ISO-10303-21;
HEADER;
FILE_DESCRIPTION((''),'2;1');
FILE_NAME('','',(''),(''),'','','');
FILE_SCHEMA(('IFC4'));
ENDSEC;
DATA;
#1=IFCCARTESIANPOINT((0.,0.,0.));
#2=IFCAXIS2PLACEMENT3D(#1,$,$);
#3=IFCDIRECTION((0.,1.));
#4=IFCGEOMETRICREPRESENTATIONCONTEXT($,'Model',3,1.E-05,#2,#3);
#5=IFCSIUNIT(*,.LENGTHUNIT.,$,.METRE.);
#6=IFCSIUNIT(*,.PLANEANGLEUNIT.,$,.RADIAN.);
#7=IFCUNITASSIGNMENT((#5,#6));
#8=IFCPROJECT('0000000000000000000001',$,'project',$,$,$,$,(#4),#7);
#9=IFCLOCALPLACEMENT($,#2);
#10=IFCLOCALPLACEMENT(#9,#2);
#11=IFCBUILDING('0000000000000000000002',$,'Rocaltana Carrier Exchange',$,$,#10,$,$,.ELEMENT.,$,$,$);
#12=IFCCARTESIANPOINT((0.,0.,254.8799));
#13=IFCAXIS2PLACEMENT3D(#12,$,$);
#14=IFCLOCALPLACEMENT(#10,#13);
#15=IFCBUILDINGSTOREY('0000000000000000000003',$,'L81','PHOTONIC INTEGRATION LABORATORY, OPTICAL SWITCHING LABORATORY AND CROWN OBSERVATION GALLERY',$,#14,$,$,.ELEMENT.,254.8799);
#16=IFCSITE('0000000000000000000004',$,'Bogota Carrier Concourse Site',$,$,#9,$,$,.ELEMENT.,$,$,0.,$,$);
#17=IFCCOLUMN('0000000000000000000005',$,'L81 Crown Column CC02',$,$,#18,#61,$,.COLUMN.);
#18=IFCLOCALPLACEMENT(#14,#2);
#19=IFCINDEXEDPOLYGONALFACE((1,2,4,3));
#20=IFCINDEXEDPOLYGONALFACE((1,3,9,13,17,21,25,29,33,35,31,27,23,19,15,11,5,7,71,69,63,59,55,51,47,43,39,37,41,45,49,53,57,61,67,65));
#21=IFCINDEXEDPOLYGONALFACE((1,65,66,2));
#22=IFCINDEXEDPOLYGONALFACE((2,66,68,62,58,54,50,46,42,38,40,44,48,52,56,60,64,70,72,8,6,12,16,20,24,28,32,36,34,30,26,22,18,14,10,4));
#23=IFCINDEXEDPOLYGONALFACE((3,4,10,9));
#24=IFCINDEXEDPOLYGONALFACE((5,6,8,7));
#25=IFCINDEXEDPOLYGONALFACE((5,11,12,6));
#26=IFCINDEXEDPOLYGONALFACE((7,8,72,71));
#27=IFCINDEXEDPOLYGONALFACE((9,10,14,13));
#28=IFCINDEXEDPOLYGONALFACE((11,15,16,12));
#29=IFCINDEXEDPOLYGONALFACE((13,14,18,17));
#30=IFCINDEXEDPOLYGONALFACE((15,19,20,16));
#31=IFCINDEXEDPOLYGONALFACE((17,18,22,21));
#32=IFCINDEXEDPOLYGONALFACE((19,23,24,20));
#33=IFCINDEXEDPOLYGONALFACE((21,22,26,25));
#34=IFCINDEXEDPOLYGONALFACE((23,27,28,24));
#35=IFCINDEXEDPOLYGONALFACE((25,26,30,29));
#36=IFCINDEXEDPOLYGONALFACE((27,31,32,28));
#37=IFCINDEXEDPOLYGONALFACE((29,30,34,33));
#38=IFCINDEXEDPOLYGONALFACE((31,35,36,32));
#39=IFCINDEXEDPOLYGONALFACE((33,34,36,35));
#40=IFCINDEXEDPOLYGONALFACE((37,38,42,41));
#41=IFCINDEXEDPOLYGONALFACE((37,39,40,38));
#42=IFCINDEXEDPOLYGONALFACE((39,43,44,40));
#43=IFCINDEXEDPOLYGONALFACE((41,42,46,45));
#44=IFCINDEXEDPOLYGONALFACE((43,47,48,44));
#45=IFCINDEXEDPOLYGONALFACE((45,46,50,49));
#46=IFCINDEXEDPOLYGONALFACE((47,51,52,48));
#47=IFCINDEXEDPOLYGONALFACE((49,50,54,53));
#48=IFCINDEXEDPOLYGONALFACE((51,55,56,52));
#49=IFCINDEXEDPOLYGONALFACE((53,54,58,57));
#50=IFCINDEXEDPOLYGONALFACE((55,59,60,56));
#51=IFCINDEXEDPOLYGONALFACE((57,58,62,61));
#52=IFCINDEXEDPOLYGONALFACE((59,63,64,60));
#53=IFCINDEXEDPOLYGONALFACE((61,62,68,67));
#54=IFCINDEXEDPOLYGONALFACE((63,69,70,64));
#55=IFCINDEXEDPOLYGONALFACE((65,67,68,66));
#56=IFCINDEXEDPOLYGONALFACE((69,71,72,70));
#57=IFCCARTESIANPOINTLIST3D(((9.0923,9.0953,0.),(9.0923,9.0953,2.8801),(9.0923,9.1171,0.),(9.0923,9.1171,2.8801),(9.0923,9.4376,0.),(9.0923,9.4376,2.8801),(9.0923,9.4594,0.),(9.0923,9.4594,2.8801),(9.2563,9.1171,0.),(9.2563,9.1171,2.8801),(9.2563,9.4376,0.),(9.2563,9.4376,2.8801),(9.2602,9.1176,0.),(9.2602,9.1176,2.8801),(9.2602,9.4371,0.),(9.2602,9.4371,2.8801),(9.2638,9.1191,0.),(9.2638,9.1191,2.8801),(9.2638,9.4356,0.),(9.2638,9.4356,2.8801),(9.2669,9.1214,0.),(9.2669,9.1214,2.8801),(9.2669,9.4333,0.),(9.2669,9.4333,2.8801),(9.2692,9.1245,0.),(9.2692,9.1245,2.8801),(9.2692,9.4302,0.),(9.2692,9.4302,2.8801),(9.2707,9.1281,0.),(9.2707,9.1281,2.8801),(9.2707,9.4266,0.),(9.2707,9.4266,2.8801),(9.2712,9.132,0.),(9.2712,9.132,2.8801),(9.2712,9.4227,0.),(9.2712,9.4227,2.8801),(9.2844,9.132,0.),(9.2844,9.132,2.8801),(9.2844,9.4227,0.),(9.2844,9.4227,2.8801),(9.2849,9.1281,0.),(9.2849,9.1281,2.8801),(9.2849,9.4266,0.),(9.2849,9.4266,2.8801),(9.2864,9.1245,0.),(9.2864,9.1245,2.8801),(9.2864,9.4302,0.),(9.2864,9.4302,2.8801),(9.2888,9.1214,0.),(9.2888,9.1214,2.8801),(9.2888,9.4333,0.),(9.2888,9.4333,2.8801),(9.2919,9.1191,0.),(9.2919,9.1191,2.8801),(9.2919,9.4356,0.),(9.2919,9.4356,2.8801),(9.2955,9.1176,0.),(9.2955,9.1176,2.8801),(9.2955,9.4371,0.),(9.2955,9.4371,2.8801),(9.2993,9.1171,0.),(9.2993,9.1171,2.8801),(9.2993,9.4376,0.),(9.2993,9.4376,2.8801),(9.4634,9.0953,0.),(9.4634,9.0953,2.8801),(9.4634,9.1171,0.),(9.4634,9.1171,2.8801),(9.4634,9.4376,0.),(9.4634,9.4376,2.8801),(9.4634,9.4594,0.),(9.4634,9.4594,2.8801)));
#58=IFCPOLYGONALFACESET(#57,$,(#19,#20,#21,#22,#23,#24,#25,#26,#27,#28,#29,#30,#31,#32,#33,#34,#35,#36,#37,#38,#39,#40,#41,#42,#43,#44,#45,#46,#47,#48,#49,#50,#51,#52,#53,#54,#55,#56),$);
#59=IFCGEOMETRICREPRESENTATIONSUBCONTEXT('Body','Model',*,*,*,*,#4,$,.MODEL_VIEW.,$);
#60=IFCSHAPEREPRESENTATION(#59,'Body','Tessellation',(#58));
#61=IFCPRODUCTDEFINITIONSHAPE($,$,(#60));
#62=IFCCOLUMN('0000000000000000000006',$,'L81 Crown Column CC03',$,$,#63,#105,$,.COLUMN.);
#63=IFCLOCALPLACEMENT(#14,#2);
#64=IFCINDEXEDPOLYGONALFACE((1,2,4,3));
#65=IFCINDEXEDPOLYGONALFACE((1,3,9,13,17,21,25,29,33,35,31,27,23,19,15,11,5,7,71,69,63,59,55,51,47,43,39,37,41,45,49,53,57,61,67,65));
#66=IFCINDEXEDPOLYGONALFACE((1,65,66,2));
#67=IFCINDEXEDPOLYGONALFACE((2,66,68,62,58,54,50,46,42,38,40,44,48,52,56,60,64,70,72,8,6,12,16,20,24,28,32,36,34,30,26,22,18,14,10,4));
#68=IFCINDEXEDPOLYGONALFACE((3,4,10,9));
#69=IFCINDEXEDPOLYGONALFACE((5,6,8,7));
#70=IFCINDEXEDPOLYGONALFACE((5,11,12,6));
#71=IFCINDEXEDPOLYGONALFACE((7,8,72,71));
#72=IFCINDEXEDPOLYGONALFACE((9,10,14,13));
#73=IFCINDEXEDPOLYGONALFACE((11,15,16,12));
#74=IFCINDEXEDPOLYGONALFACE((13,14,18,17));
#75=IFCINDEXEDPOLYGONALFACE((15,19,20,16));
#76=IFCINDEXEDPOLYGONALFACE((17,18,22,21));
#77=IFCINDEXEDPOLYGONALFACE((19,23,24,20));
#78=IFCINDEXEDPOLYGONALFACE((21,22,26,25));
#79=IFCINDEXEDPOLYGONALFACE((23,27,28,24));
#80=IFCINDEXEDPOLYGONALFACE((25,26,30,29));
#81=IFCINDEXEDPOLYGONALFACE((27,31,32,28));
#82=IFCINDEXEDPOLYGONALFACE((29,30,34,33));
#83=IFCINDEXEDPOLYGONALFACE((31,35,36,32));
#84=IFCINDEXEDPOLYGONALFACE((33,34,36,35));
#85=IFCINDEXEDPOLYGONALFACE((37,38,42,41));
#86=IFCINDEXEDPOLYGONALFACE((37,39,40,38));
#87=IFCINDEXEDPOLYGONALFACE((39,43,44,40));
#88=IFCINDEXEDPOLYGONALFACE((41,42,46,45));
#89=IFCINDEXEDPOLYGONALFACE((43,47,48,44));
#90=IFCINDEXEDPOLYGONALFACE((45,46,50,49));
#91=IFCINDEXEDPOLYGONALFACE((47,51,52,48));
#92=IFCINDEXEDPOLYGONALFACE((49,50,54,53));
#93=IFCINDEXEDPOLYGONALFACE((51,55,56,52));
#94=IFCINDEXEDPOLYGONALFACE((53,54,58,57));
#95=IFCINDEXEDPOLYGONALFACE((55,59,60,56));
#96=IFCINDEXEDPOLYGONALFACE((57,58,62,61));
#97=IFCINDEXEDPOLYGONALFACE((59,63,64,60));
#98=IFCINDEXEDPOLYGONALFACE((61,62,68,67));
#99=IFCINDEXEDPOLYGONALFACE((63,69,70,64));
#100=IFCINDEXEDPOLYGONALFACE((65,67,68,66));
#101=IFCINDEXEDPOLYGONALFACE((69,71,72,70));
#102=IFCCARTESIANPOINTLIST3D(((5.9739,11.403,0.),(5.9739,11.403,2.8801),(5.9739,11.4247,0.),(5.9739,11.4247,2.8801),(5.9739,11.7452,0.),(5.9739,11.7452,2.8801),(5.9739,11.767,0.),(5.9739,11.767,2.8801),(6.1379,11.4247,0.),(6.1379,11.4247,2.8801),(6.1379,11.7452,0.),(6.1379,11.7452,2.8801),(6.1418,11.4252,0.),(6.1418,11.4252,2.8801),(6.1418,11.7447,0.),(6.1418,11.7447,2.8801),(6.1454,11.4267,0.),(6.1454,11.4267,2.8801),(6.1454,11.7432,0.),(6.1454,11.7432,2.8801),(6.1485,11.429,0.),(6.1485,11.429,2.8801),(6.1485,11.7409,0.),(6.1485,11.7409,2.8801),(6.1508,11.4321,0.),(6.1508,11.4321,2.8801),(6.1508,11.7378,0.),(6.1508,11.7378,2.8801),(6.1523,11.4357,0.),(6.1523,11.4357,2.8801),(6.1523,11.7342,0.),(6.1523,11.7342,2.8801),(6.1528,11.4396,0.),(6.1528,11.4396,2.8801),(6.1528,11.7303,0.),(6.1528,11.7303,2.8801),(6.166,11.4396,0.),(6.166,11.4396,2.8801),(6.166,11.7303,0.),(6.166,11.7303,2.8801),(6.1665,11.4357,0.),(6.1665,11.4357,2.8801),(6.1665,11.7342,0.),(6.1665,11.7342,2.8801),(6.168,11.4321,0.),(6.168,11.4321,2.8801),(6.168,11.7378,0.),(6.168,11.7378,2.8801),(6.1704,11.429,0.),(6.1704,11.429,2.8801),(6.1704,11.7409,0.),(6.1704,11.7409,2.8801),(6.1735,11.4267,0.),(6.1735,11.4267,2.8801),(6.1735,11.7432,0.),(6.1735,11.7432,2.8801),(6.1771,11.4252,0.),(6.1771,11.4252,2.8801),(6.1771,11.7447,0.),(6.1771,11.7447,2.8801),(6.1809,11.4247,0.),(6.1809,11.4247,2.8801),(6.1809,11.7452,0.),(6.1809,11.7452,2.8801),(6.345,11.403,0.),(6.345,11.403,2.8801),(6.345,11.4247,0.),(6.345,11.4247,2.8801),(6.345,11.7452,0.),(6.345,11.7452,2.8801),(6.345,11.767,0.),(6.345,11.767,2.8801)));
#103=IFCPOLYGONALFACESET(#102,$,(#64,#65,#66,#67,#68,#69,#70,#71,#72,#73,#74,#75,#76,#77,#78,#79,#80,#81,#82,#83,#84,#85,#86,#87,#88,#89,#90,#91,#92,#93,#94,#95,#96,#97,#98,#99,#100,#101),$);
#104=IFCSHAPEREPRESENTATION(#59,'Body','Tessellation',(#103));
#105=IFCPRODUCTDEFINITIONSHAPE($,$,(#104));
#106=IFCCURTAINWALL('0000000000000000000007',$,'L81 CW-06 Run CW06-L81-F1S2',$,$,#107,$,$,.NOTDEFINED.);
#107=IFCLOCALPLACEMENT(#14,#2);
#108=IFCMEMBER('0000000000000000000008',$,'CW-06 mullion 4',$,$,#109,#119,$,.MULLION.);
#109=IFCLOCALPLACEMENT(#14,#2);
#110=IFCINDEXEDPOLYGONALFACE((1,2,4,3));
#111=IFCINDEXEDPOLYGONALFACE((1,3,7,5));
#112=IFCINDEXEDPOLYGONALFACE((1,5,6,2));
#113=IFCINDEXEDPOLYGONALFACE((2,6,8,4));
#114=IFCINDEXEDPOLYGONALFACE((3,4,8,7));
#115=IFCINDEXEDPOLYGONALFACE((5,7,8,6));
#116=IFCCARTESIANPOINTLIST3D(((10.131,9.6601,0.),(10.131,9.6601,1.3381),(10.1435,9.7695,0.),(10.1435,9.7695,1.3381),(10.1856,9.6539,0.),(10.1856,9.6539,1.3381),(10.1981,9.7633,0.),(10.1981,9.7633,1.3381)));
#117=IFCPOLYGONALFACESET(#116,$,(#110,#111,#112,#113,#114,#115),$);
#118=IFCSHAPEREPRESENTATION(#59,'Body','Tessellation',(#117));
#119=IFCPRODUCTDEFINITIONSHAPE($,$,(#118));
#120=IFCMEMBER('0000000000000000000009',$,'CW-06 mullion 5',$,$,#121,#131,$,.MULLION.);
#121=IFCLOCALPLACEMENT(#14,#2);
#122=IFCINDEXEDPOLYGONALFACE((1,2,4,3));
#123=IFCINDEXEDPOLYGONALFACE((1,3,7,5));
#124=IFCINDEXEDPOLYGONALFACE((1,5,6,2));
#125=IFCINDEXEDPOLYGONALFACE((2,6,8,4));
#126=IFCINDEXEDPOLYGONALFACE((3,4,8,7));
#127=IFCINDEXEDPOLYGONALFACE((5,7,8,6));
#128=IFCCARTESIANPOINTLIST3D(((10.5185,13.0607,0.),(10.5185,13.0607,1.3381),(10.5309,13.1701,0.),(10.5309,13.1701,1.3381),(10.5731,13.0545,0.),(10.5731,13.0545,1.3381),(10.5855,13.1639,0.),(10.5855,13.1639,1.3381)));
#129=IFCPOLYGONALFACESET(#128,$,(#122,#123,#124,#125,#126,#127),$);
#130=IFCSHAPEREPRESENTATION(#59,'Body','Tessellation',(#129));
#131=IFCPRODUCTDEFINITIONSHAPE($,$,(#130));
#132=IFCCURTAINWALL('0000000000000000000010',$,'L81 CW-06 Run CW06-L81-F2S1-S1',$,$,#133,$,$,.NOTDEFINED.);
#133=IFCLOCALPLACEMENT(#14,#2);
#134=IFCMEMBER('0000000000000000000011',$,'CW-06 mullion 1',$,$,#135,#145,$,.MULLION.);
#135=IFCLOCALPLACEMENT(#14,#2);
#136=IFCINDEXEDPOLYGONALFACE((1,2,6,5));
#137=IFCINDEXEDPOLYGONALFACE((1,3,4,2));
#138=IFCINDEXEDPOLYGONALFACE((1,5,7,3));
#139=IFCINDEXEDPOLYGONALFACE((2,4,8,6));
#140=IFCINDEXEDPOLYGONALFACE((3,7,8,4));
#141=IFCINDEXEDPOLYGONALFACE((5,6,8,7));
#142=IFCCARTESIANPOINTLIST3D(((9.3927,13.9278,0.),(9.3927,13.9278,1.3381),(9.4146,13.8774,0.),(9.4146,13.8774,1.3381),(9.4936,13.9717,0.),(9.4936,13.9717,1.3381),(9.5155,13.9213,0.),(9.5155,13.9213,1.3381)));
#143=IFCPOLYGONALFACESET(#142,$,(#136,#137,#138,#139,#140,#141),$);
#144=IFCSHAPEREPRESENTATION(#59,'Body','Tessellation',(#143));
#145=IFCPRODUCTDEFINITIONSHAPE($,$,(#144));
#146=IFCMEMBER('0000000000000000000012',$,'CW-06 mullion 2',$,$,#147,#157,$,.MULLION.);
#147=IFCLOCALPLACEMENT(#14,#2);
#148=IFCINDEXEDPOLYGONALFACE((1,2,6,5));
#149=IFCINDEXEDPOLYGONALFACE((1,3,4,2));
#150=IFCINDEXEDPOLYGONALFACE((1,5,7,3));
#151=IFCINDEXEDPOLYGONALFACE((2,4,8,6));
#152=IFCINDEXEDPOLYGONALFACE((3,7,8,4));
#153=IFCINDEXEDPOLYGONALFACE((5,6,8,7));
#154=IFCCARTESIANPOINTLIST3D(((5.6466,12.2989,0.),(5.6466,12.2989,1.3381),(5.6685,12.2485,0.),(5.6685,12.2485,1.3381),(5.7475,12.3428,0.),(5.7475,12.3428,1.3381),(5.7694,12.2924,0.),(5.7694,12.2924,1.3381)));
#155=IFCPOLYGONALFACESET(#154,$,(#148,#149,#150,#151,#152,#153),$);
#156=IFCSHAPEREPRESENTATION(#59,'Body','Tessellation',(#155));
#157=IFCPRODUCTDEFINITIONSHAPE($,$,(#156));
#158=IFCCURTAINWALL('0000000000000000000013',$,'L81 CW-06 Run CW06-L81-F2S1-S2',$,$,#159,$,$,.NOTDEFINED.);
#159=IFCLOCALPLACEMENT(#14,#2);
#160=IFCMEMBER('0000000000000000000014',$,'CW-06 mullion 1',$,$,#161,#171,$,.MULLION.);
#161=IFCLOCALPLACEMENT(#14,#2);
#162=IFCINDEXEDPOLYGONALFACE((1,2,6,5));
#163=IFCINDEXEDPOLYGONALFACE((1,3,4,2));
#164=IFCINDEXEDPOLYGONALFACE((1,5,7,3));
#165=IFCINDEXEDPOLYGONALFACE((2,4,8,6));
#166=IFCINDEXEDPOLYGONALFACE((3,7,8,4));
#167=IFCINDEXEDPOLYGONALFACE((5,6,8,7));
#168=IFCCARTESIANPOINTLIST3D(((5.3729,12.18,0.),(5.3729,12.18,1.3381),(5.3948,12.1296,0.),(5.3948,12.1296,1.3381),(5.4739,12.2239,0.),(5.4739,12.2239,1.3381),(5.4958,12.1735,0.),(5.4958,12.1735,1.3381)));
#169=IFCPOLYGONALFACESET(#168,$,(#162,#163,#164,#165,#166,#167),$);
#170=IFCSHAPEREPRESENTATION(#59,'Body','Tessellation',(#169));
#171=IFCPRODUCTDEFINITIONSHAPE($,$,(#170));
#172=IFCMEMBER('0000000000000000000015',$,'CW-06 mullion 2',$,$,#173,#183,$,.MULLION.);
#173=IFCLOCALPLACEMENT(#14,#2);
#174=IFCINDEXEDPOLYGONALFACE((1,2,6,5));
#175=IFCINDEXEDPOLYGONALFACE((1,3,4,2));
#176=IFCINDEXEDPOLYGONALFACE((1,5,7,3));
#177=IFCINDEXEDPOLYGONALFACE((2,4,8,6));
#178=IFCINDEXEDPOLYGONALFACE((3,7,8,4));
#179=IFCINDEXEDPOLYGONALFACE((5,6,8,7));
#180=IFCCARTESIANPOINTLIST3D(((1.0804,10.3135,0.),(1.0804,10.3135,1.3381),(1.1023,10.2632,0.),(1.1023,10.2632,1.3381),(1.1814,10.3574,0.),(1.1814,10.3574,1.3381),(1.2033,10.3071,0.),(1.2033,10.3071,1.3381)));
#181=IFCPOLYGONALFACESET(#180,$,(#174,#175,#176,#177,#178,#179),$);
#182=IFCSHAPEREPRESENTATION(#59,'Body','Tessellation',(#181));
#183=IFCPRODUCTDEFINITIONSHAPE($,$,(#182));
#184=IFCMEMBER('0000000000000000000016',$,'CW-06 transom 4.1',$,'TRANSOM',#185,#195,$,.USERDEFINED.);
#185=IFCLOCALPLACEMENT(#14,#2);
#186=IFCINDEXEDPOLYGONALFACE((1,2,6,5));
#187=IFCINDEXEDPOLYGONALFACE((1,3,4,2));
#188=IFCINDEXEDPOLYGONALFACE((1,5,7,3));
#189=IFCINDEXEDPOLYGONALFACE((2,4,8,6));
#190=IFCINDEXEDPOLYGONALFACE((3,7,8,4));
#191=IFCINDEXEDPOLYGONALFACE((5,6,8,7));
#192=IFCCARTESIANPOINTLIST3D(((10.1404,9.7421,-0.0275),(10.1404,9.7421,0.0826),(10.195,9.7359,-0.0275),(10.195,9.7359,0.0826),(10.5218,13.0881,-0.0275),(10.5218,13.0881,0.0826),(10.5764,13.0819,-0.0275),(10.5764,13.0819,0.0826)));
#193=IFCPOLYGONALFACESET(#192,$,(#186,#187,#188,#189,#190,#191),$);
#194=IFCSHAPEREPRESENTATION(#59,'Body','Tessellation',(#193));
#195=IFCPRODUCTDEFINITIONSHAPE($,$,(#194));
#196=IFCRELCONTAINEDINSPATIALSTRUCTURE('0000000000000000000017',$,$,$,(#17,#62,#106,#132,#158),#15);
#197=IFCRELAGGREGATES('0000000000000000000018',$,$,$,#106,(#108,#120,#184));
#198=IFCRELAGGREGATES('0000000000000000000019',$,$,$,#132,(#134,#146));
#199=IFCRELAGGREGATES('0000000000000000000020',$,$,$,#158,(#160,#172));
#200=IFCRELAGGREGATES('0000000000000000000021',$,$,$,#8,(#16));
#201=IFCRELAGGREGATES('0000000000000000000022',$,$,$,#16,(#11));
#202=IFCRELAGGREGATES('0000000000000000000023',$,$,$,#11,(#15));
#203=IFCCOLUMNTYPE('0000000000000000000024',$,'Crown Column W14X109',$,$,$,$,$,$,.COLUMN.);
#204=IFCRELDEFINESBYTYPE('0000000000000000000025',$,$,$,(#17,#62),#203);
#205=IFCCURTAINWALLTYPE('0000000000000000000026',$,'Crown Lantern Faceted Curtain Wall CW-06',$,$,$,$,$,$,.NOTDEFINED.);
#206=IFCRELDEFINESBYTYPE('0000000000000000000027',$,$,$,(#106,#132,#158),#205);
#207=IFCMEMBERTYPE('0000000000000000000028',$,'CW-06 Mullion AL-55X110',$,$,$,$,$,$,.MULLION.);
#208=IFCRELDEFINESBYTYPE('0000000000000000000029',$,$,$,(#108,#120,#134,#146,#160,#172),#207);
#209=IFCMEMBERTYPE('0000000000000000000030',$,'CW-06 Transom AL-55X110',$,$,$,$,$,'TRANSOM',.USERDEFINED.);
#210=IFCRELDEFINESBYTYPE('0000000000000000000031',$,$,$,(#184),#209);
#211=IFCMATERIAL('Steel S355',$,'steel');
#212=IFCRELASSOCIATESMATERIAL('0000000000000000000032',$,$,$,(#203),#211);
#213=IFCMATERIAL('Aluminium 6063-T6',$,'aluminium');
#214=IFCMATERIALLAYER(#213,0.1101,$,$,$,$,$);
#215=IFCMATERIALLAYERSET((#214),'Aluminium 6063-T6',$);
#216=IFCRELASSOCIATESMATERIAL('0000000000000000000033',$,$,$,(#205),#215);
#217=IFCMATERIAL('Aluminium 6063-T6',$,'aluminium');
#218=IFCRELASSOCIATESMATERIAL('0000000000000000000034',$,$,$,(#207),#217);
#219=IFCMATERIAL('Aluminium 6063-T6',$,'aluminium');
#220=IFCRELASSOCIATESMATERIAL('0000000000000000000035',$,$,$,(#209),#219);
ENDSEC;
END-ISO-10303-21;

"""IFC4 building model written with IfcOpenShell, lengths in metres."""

from ifc_helpers import new_model, si_unit, direction, frame, origin, origin_2d, place, context, subcontext, project, spatial, rectangle, i_section, extrude, material, layer, layer_set, material_profile, profile_set, type_object, element, aggregate, save


model = new_model("IFC4")

# Units and contexts
model_context = context("Model", 3, precision=1e-05, world=origin(), true_north=direction((0.0, 1.0)))
body_context = subcontext(model_context, "Body", "Model", "MODEL_VIEW")
ifc_project = project(units=[si_unit("LENGTHUNIT", "METRE"), si_unit("PLANEANGLEUNIT", "RADIAN")], contexts=[model_context])

# Site, building, storey
site_placement = place(None, origin())
site = spatial("IfcSite", under=ifc_project, at=site_placement, Name="Bogota Carrier Concourse Site", CompositionType="ELEMENT", RefElevation=0.0)
building_placement = place(site_placement, origin())
building = spatial("IfcBuilding", under=site, at=building_placement, Name="Rocaltana Carrier Exchange", CompositionType="ELEMENT")
storey_placement = place(building_placement, frame((0.0, 0.0, 254.8799)))
storey = spatial("IfcBuildingStorey", under=building, at=storey_placement, Name="L81", Description="PHOTONIC INTEGRATION LABORATORY, OPTICAL SWITCHING LABORATORY AND CROWN OBSERVATION GALLERY", CompositionType="ELEMENT", Elevation=254.8799)

# Columns
ifc_material_1 = material(Name="Steel S355", Category="steel")
ifc_material_profile_1 = material_profile(ifc_material_1, i_section(OverallWidth=0.3711, OverallDepth=0.364, WebThickness=0.0132, FlangeThickness=0.0217, FilletRadius=0.0149, at=origin_2d()), Name="W14X109")
ifc_profile_set_1 = profile_set([ifc_material_profile_1], Name="Steel S355")
column_type = type_object("IfcColumnType", Name="Crown Column W14X109", PredefinedType="COLUMN", material=ifc_profile_set_1)
for number, where, z_axis, x_axis, name in (
    (1, (9.2778, 9.2773, 0.0), (0.0, 0.0, 1.0), (1.0, 0.0, 0.0), "L81 Crown Column CC02"),
    (2, (6.1594, 11.585, 0.0), (0.0, 0.0, 1.0), (1.0, 0.0, 0.0), "L81 Crown Column CC03"),
):
    element("IfcColumn", number, at=place(storey_placement, frame(where, z_axis=z_axis, x_axis=x_axis)), inside=storey, type_object=column_type, Name=name, PredefinedType="COLUMN", context=body_context, shape_type="SweptSolid", body=[
        extrude(i_section(OverallWidth=0.3711, OverallDepth=0.364, WebThickness=0.0132, FlangeThickness=0.0217, FilletRadius=0.0149, at=origin_2d()), origin(), (0.0, 0.0, 1.0), 2.8801),
    ])

# Curtain walls, members
ifc_material_2 = material(Name="Aluminium 6063-T6", Category="aluminium")
ifc_layer_1 = layer(ifc_material_2, 0.1101)
ifc_layer_set_1 = layer_set([ifc_layer_1], Name="Aluminium 6063-T6")
curtain_wall_type = type_object("IfcCurtainWallType", Name="Crown Lantern Faceted Curtain Wall CW-06", PredefinedType="NOTDEFINED", material=ifc_layer_set_1)
curtain_wall_1_placement = place(storey_placement, origin())
curtain_wall_1 = element("IfcCurtainWall", 3, at=curtain_wall_1_placement, inside=storey, type_object=curtain_wall_type, Name="L81 CW-06 Run CW06-L81-F1S2", PredefinedType="NOTDEFINED")
ifc_material_3 = material(Name="Aluminium 6063-T6", Category="aluminium")
ifc_material_profile_2 = material_profile(ifc_material_3, rectangle(XDim=0.0549, YDim=0.1101, at=origin_2d()), Name="AL-55X110")
ifc_profile_set_2 = profile_set([ifc_material_profile_2], Name="Aluminium 6063-T6")
member_type_1 = type_object("IfcMemberType", Name="CW-06 Mullion AL-55X110", PredefinedType="MULLION", material=ifc_profile_set_2)
member_1_placement = place(storey_placement, frame((10.1646, 9.7117, 0.0), z_axis=(0.0, 0.0, 1.0), x_axis=(-0.993572, 0.113203, 0.0)))
member_1 = element("IfcMember", 4, at=member_1_placement, type_object=member_type_1, Name="CW-06 mullion 4", PredefinedType="MULLION", context=body_context, shape_type="SweptSolid", body=[
    extrude(rectangle(XDim=0.0549, YDim=0.1101, at=origin_2d()), origin(), (0.0, 0.0, 1.0), 1.3381),
])
member_2_placement = place(storey_placement, frame((10.552, 13.1123, 0.0), z_axis=(0.0, 0.0, 1.0), x_axis=(-0.993572, 0.113203, 0.0)))
member_2 = element("IfcMember", 5, at=member_2_placement, type_object=member_type_1, Name="CW-06 mullion 5", PredefinedType="MULLION", context=body_context, shape_type="SweptSolid", body=[
    extrude(rectangle(XDim=0.0549, YDim=0.1101, at=origin_2d()), origin(), (0.0, 0.0, 1.0), 1.3381),
])
curtain_wall_2_placement = place(storey_placement, origin())
curtain_wall_2 = element("IfcCurtainWall", 6, at=curtain_wall_2_placement, inside=storey, type_object=curtain_wall_type, Name="L81 CW-06 Run CW06-L81-F2S1-S1", PredefinedType="NOTDEFINED")
member_3_placement = place(storey_placement, frame((9.4541, 13.9246, 0.0), z_axis=(0.0, 0.0, 1.0), x_axis=(0.398747, -0.917061, 0.0)))
member_3 = element("IfcMember", 7, at=member_3_placement, type_object=member_type_1, Name="CW-06 mullion 1", PredefinedType="MULLION", context=body_context, shape_type="SweptSolid", body=[
    extrude(rectangle(XDim=0.0549, YDim=0.1101, at=origin_2d()), origin(), (0.0, 0.0, 1.0), 1.3381),
])
member_4_placement = place(storey_placement, frame((5.708, 12.2957, 0.0), z_axis=(0.0, 0.0, 1.0), x_axis=(0.398747, -0.917061, 0.0)))
member_4 = element("IfcMember", 8, at=member_4_placement, type_object=member_type_1, Name="CW-06 mullion 2", PredefinedType="MULLION", context=body_context, shape_type="SweptSolid", body=[
    extrude(rectangle(XDim=0.0549, YDim=0.1101, at=origin_2d()), origin(), (0.0, 0.0, 1.0), 1.3381),
])
curtain_wall_3_placement = place(storey_placement, origin())
curtain_wall_3 = element("IfcCurtainWall", 9, at=curtain_wall_3_placement, inside=storey, type_object=curtain_wall_type, Name="L81 CW-06 Run CW06-L81-F2S1-S2", PredefinedType="NOTDEFINED")
member_5_placement = place(storey_placement, frame((5.4343, 12.1768, 0.0), z_axis=(0.0, 0.0, 1.0), x_axis=(0.398747, -0.917061, 0.0)))
member_5 = element("IfcMember", 10, at=member_5_placement, type_object=member_type_1, Name="CW-06 mullion 1", PredefinedType="MULLION", context=body_context, shape_type="SweptSolid", body=[
    extrude(rectangle(XDim=0.0549, YDim=0.1101, at=origin_2d()), origin(), (0.0, 0.0, 1.0), 1.3381),
])
member_6_placement = place(storey_placement, frame((1.1418, 10.3103, 0.0), z_axis=(0.0, 0.0, 1.0), x_axis=(0.398747, -0.917061, 0.0)))
member_6 = element("IfcMember", 11, at=member_6_placement, type_object=member_type_1, Name="CW-06 mullion 2", PredefinedType="MULLION", context=body_context, shape_type="SweptSolid", body=[
    extrude(rectangle(XDim=0.0549, YDim=0.1101, at=origin_2d()), origin(), (0.0, 0.0, 1.0), 1.3381),
])

# Member
ifc_material_4 = material(Name="Aluminium 6063-T6", Category="aluminium")
ifc_material_profile_3 = material_profile(ifc_material_4, rectangle(XDim=0.0549, YDim=0.1101, at=origin_2d()), Name="AL-55X110")
ifc_profile_set_3 = profile_set([ifc_material_profile_3], Name="Aluminium 6063-T6")
member_type_2 = type_object("IfcMemberType", Name="CW-06 Transom AL-55X110", ElementType="TRANSOM", PredefinedType="USERDEFINED", material=ifc_profile_set_3)
member_7_placement = place(storey_placement, frame((10.1677, 9.739, 0.0276), z_axis=(0.11324, 0.993568, 0.0), x_axis=(-0.993568, 0.11324, 0.0)))
member_7 = element("IfcMember", 12, at=member_7_placement, type_object=member_type_2, Name="CW-06 transom 4.1", ObjectType="TRANSOM", PredefinedType="USERDEFINED", context=body_context, shape_type="SweptSolid", body=[
    extrude(rectangle(XDim=0.0549, YDim=0.1101, at=origin_2d()), origin(), (0.0, 0.0, 1.0), 3.3677),
])

aggregate(curtain_wall_1, [member_1, member_2, member_7])
aggregate(curtain_wall_2, [member_3, member_4])
aggregate(curtain_wall_3, [member_5, member_6])

save(model, "model.ifc")
